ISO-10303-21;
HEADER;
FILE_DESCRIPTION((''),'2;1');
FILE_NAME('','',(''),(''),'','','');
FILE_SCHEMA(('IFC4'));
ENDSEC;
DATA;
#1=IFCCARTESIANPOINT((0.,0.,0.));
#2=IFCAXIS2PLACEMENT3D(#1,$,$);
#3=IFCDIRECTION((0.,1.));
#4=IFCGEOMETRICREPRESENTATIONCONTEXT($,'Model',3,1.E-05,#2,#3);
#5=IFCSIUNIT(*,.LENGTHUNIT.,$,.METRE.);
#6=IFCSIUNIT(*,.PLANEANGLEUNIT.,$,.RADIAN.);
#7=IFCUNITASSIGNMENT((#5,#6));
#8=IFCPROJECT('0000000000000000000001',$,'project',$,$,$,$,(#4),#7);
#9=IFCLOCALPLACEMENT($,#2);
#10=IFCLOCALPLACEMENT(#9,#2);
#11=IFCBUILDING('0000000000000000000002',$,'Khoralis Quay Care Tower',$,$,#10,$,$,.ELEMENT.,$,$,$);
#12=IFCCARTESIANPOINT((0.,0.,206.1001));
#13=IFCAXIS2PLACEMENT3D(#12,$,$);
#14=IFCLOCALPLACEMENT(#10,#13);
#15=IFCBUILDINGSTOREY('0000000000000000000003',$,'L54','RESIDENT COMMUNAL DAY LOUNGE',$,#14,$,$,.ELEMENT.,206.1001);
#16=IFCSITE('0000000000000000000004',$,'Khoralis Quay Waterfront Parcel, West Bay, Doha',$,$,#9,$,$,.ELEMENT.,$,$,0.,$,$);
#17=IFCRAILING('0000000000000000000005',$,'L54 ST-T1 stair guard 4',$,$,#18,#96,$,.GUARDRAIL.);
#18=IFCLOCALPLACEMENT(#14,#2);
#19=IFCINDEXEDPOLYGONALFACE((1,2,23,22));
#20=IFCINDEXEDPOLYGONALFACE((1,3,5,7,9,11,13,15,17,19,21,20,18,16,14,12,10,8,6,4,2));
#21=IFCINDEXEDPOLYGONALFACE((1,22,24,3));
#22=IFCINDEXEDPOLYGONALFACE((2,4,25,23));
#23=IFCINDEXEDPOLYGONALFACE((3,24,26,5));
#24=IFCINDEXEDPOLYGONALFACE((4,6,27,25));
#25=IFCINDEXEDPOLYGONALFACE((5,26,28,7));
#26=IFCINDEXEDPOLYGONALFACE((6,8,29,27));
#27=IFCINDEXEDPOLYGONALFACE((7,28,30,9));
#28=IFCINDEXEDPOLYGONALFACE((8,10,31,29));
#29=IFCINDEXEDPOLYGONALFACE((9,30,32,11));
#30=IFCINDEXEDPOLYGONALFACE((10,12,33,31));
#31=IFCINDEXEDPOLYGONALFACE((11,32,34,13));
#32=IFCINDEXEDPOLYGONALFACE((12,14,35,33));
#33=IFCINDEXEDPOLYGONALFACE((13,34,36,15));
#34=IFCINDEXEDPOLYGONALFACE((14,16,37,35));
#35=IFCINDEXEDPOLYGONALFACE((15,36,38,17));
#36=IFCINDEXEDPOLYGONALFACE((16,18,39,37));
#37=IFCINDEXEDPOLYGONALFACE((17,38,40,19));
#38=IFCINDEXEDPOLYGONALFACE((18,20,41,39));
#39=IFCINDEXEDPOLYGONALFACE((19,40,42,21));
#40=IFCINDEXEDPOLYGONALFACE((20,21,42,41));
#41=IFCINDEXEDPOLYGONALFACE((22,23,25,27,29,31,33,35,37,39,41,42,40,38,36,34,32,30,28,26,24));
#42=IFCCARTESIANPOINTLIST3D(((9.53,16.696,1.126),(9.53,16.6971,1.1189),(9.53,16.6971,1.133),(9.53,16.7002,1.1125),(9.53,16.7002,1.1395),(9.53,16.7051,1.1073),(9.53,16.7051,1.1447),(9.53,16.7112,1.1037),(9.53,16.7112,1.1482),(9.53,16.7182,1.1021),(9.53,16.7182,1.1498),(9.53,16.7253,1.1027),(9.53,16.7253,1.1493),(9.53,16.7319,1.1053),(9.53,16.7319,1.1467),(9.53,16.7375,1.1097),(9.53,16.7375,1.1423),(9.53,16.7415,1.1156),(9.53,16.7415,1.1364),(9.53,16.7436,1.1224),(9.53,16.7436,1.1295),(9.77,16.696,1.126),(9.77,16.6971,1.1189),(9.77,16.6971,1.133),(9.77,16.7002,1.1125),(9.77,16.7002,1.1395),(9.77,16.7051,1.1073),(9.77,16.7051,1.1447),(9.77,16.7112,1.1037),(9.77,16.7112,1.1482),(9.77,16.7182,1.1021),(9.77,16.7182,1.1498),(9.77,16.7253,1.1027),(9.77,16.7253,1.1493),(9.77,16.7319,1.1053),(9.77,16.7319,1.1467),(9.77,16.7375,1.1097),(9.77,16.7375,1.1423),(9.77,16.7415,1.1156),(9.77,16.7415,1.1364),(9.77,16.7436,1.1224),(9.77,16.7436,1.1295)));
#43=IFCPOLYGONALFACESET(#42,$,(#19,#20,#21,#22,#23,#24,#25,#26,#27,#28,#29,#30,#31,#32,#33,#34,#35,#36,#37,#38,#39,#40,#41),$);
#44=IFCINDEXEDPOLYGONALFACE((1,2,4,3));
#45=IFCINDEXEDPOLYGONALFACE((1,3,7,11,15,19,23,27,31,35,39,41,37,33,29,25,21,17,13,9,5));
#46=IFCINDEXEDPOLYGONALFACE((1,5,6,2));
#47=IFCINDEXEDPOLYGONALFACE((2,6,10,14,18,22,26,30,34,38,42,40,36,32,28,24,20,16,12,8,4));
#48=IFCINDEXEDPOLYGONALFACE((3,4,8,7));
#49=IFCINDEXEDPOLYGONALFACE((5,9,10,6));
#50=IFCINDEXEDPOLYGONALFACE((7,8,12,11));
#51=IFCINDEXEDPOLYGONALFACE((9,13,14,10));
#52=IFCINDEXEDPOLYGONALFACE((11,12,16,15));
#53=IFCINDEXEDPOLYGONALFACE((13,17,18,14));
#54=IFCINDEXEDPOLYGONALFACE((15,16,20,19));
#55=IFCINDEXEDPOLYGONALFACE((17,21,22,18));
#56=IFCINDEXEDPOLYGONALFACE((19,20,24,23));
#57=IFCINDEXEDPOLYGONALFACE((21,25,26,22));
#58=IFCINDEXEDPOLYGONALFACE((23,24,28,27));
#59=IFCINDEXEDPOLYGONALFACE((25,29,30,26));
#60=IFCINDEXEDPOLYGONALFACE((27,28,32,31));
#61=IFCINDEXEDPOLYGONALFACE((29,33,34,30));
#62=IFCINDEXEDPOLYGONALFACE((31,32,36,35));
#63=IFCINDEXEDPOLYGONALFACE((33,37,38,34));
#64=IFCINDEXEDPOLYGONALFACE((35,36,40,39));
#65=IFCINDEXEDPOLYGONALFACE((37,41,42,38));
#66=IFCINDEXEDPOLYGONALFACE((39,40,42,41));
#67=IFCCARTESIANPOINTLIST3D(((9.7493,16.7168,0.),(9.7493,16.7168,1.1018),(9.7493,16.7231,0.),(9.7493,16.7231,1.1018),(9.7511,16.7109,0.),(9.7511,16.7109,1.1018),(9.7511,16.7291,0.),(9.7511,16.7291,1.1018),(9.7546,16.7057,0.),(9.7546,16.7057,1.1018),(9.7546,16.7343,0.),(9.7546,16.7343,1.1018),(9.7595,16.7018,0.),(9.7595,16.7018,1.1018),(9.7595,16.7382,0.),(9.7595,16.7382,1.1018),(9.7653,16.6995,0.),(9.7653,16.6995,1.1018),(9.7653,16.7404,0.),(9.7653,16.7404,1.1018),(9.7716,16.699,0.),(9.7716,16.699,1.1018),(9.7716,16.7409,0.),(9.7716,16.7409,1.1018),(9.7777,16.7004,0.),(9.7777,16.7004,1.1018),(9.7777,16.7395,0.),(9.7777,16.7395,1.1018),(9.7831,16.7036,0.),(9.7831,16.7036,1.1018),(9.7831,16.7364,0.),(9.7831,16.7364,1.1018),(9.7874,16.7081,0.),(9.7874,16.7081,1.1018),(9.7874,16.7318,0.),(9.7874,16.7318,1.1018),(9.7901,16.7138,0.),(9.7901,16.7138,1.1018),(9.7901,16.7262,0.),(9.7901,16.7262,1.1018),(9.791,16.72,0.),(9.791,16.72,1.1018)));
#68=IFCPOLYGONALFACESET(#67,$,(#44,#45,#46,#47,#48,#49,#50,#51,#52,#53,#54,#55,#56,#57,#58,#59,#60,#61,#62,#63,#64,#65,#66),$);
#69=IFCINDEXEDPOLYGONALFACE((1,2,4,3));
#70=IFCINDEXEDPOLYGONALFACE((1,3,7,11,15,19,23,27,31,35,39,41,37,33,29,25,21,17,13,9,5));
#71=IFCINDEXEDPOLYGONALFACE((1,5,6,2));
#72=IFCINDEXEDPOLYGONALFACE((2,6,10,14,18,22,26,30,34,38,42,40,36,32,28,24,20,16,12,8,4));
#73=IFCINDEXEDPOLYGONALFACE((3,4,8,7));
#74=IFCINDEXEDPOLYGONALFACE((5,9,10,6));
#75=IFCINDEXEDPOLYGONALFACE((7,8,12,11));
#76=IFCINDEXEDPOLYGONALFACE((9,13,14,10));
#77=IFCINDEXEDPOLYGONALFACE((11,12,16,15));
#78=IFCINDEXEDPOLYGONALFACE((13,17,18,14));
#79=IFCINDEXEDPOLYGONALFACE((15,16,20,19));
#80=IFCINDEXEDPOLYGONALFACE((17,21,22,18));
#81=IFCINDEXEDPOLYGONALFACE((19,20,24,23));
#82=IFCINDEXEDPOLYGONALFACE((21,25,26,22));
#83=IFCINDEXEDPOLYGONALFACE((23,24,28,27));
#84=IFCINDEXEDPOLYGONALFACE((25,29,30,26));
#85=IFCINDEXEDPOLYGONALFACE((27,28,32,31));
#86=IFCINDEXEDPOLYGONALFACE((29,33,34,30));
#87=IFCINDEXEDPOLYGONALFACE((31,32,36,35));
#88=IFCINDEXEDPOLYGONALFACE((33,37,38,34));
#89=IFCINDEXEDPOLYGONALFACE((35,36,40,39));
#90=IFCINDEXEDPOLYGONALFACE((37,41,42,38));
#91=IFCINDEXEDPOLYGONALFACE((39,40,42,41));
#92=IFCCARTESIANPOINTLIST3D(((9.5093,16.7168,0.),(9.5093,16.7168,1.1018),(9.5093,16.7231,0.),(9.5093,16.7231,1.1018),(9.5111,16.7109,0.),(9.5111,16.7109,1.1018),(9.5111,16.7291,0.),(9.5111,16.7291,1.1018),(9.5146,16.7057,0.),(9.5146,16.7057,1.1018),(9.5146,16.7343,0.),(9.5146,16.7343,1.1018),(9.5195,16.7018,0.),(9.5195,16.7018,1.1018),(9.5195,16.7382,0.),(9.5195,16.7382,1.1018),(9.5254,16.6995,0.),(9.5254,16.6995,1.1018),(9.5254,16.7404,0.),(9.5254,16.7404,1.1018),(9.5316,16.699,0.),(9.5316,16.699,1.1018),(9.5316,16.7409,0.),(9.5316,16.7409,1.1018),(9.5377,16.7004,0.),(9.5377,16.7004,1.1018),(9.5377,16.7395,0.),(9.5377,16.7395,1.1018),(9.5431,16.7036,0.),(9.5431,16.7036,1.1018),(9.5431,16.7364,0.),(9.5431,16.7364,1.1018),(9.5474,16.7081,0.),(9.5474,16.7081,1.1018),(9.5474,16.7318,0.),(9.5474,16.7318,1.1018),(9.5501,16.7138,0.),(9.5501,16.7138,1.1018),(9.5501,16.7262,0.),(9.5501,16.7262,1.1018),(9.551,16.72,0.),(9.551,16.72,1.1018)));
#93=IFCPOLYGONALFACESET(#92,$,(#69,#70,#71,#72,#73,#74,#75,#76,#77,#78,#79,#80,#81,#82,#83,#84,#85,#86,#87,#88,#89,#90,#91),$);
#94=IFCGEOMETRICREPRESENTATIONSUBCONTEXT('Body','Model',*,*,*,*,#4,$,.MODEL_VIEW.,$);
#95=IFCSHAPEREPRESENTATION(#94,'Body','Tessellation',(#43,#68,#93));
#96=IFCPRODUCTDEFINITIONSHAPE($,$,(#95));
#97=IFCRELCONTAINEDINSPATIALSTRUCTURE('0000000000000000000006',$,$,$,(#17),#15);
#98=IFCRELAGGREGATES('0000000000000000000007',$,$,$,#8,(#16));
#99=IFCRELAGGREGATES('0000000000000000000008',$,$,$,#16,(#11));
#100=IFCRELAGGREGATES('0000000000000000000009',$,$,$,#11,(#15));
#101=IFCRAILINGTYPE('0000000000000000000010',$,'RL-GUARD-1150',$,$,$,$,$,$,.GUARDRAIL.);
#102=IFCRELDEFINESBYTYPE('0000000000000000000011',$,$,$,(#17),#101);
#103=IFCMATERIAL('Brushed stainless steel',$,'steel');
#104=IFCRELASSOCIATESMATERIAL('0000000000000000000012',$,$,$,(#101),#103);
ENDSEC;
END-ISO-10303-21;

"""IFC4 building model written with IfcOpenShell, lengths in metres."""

from ifc_helpers import new_model, si_unit, direction, frame, origin, origin_2d, place, context, subcontext, project, spatial, circle, extrude, material, type_object, element, save


model = new_model("IFC4")

# Units and contexts
model_context = context("Model", 3, precision=1e-05, world=origin(), true_north=direction((0.0, 1.0)))
body_context = subcontext(model_context, "Body", "Model", "MODEL_VIEW")
ifc_project = project(units=[si_unit("LENGTHUNIT", "METRE"), si_unit("PLANEANGLEUNIT", "RADIAN")], contexts=[model_context])

# Site, building, storey
site_placement = place(None, origin())
site = spatial("IfcSite", under=ifc_project, at=site_placement, Name="Khoralis Quay Waterfront Parcel, West Bay, Doha", CompositionType="ELEMENT", RefElevation=0.0)
building_placement = place(site_placement, origin())
building = spatial("IfcBuilding", under=site, at=building_placement, Name="Khoralis Quay Care Tower", CompositionType="ELEMENT")
storey_placement = place(building_placement, frame((0.0, 0.0, 206.1001)))
storey = spatial("IfcBuildingStorey", under=building, at=storey_placement, Name="L54", Description="RESIDENT COMMUNAL DAY LOUNGE", CompositionType="ELEMENT", Elevation=206.1001)

# Railing
ifc_material_1 = material(Name="Brushed stainless steel", Category="steel")
railing_type_1 = type_object("IfcRailingType", Name="RL-GUARD-1150", PredefinedType="GUARDRAIL", material=ifc_material_1)
railing_1_placement = place(storey_placement, frame((9.77, 16.72, 0.0)))
element("IfcRailing", 1, at=railing_1_placement, inside=storey, type_object=railing_type_1, Name="L54 ST-T1 stair guard 4", PredefinedType="GUARDRAIL", context=body_context, shape_type="SweptSolid", body=[
    extrude(circle(Radius=0.0239, at=origin_2d()), frame((0.0, 0.0, 1.126), z_axis=(-1.0, 0.0, 0.0), x_axis=(0.0, -1.0, 0.0)), (0.0, 0.0, 1.0), 0.24),
    extrude(circle(Radius=0.021, at=origin_2d()), origin(), (0.0, 0.0, 1.0), 1.1018),
    extrude(circle(Radius=0.021, at=origin_2d()), frame((-0.24, 0.0, 0.0)), (0.0, 0.0, 1.0), 1.1018),
])

save(model, "model.ifc")
